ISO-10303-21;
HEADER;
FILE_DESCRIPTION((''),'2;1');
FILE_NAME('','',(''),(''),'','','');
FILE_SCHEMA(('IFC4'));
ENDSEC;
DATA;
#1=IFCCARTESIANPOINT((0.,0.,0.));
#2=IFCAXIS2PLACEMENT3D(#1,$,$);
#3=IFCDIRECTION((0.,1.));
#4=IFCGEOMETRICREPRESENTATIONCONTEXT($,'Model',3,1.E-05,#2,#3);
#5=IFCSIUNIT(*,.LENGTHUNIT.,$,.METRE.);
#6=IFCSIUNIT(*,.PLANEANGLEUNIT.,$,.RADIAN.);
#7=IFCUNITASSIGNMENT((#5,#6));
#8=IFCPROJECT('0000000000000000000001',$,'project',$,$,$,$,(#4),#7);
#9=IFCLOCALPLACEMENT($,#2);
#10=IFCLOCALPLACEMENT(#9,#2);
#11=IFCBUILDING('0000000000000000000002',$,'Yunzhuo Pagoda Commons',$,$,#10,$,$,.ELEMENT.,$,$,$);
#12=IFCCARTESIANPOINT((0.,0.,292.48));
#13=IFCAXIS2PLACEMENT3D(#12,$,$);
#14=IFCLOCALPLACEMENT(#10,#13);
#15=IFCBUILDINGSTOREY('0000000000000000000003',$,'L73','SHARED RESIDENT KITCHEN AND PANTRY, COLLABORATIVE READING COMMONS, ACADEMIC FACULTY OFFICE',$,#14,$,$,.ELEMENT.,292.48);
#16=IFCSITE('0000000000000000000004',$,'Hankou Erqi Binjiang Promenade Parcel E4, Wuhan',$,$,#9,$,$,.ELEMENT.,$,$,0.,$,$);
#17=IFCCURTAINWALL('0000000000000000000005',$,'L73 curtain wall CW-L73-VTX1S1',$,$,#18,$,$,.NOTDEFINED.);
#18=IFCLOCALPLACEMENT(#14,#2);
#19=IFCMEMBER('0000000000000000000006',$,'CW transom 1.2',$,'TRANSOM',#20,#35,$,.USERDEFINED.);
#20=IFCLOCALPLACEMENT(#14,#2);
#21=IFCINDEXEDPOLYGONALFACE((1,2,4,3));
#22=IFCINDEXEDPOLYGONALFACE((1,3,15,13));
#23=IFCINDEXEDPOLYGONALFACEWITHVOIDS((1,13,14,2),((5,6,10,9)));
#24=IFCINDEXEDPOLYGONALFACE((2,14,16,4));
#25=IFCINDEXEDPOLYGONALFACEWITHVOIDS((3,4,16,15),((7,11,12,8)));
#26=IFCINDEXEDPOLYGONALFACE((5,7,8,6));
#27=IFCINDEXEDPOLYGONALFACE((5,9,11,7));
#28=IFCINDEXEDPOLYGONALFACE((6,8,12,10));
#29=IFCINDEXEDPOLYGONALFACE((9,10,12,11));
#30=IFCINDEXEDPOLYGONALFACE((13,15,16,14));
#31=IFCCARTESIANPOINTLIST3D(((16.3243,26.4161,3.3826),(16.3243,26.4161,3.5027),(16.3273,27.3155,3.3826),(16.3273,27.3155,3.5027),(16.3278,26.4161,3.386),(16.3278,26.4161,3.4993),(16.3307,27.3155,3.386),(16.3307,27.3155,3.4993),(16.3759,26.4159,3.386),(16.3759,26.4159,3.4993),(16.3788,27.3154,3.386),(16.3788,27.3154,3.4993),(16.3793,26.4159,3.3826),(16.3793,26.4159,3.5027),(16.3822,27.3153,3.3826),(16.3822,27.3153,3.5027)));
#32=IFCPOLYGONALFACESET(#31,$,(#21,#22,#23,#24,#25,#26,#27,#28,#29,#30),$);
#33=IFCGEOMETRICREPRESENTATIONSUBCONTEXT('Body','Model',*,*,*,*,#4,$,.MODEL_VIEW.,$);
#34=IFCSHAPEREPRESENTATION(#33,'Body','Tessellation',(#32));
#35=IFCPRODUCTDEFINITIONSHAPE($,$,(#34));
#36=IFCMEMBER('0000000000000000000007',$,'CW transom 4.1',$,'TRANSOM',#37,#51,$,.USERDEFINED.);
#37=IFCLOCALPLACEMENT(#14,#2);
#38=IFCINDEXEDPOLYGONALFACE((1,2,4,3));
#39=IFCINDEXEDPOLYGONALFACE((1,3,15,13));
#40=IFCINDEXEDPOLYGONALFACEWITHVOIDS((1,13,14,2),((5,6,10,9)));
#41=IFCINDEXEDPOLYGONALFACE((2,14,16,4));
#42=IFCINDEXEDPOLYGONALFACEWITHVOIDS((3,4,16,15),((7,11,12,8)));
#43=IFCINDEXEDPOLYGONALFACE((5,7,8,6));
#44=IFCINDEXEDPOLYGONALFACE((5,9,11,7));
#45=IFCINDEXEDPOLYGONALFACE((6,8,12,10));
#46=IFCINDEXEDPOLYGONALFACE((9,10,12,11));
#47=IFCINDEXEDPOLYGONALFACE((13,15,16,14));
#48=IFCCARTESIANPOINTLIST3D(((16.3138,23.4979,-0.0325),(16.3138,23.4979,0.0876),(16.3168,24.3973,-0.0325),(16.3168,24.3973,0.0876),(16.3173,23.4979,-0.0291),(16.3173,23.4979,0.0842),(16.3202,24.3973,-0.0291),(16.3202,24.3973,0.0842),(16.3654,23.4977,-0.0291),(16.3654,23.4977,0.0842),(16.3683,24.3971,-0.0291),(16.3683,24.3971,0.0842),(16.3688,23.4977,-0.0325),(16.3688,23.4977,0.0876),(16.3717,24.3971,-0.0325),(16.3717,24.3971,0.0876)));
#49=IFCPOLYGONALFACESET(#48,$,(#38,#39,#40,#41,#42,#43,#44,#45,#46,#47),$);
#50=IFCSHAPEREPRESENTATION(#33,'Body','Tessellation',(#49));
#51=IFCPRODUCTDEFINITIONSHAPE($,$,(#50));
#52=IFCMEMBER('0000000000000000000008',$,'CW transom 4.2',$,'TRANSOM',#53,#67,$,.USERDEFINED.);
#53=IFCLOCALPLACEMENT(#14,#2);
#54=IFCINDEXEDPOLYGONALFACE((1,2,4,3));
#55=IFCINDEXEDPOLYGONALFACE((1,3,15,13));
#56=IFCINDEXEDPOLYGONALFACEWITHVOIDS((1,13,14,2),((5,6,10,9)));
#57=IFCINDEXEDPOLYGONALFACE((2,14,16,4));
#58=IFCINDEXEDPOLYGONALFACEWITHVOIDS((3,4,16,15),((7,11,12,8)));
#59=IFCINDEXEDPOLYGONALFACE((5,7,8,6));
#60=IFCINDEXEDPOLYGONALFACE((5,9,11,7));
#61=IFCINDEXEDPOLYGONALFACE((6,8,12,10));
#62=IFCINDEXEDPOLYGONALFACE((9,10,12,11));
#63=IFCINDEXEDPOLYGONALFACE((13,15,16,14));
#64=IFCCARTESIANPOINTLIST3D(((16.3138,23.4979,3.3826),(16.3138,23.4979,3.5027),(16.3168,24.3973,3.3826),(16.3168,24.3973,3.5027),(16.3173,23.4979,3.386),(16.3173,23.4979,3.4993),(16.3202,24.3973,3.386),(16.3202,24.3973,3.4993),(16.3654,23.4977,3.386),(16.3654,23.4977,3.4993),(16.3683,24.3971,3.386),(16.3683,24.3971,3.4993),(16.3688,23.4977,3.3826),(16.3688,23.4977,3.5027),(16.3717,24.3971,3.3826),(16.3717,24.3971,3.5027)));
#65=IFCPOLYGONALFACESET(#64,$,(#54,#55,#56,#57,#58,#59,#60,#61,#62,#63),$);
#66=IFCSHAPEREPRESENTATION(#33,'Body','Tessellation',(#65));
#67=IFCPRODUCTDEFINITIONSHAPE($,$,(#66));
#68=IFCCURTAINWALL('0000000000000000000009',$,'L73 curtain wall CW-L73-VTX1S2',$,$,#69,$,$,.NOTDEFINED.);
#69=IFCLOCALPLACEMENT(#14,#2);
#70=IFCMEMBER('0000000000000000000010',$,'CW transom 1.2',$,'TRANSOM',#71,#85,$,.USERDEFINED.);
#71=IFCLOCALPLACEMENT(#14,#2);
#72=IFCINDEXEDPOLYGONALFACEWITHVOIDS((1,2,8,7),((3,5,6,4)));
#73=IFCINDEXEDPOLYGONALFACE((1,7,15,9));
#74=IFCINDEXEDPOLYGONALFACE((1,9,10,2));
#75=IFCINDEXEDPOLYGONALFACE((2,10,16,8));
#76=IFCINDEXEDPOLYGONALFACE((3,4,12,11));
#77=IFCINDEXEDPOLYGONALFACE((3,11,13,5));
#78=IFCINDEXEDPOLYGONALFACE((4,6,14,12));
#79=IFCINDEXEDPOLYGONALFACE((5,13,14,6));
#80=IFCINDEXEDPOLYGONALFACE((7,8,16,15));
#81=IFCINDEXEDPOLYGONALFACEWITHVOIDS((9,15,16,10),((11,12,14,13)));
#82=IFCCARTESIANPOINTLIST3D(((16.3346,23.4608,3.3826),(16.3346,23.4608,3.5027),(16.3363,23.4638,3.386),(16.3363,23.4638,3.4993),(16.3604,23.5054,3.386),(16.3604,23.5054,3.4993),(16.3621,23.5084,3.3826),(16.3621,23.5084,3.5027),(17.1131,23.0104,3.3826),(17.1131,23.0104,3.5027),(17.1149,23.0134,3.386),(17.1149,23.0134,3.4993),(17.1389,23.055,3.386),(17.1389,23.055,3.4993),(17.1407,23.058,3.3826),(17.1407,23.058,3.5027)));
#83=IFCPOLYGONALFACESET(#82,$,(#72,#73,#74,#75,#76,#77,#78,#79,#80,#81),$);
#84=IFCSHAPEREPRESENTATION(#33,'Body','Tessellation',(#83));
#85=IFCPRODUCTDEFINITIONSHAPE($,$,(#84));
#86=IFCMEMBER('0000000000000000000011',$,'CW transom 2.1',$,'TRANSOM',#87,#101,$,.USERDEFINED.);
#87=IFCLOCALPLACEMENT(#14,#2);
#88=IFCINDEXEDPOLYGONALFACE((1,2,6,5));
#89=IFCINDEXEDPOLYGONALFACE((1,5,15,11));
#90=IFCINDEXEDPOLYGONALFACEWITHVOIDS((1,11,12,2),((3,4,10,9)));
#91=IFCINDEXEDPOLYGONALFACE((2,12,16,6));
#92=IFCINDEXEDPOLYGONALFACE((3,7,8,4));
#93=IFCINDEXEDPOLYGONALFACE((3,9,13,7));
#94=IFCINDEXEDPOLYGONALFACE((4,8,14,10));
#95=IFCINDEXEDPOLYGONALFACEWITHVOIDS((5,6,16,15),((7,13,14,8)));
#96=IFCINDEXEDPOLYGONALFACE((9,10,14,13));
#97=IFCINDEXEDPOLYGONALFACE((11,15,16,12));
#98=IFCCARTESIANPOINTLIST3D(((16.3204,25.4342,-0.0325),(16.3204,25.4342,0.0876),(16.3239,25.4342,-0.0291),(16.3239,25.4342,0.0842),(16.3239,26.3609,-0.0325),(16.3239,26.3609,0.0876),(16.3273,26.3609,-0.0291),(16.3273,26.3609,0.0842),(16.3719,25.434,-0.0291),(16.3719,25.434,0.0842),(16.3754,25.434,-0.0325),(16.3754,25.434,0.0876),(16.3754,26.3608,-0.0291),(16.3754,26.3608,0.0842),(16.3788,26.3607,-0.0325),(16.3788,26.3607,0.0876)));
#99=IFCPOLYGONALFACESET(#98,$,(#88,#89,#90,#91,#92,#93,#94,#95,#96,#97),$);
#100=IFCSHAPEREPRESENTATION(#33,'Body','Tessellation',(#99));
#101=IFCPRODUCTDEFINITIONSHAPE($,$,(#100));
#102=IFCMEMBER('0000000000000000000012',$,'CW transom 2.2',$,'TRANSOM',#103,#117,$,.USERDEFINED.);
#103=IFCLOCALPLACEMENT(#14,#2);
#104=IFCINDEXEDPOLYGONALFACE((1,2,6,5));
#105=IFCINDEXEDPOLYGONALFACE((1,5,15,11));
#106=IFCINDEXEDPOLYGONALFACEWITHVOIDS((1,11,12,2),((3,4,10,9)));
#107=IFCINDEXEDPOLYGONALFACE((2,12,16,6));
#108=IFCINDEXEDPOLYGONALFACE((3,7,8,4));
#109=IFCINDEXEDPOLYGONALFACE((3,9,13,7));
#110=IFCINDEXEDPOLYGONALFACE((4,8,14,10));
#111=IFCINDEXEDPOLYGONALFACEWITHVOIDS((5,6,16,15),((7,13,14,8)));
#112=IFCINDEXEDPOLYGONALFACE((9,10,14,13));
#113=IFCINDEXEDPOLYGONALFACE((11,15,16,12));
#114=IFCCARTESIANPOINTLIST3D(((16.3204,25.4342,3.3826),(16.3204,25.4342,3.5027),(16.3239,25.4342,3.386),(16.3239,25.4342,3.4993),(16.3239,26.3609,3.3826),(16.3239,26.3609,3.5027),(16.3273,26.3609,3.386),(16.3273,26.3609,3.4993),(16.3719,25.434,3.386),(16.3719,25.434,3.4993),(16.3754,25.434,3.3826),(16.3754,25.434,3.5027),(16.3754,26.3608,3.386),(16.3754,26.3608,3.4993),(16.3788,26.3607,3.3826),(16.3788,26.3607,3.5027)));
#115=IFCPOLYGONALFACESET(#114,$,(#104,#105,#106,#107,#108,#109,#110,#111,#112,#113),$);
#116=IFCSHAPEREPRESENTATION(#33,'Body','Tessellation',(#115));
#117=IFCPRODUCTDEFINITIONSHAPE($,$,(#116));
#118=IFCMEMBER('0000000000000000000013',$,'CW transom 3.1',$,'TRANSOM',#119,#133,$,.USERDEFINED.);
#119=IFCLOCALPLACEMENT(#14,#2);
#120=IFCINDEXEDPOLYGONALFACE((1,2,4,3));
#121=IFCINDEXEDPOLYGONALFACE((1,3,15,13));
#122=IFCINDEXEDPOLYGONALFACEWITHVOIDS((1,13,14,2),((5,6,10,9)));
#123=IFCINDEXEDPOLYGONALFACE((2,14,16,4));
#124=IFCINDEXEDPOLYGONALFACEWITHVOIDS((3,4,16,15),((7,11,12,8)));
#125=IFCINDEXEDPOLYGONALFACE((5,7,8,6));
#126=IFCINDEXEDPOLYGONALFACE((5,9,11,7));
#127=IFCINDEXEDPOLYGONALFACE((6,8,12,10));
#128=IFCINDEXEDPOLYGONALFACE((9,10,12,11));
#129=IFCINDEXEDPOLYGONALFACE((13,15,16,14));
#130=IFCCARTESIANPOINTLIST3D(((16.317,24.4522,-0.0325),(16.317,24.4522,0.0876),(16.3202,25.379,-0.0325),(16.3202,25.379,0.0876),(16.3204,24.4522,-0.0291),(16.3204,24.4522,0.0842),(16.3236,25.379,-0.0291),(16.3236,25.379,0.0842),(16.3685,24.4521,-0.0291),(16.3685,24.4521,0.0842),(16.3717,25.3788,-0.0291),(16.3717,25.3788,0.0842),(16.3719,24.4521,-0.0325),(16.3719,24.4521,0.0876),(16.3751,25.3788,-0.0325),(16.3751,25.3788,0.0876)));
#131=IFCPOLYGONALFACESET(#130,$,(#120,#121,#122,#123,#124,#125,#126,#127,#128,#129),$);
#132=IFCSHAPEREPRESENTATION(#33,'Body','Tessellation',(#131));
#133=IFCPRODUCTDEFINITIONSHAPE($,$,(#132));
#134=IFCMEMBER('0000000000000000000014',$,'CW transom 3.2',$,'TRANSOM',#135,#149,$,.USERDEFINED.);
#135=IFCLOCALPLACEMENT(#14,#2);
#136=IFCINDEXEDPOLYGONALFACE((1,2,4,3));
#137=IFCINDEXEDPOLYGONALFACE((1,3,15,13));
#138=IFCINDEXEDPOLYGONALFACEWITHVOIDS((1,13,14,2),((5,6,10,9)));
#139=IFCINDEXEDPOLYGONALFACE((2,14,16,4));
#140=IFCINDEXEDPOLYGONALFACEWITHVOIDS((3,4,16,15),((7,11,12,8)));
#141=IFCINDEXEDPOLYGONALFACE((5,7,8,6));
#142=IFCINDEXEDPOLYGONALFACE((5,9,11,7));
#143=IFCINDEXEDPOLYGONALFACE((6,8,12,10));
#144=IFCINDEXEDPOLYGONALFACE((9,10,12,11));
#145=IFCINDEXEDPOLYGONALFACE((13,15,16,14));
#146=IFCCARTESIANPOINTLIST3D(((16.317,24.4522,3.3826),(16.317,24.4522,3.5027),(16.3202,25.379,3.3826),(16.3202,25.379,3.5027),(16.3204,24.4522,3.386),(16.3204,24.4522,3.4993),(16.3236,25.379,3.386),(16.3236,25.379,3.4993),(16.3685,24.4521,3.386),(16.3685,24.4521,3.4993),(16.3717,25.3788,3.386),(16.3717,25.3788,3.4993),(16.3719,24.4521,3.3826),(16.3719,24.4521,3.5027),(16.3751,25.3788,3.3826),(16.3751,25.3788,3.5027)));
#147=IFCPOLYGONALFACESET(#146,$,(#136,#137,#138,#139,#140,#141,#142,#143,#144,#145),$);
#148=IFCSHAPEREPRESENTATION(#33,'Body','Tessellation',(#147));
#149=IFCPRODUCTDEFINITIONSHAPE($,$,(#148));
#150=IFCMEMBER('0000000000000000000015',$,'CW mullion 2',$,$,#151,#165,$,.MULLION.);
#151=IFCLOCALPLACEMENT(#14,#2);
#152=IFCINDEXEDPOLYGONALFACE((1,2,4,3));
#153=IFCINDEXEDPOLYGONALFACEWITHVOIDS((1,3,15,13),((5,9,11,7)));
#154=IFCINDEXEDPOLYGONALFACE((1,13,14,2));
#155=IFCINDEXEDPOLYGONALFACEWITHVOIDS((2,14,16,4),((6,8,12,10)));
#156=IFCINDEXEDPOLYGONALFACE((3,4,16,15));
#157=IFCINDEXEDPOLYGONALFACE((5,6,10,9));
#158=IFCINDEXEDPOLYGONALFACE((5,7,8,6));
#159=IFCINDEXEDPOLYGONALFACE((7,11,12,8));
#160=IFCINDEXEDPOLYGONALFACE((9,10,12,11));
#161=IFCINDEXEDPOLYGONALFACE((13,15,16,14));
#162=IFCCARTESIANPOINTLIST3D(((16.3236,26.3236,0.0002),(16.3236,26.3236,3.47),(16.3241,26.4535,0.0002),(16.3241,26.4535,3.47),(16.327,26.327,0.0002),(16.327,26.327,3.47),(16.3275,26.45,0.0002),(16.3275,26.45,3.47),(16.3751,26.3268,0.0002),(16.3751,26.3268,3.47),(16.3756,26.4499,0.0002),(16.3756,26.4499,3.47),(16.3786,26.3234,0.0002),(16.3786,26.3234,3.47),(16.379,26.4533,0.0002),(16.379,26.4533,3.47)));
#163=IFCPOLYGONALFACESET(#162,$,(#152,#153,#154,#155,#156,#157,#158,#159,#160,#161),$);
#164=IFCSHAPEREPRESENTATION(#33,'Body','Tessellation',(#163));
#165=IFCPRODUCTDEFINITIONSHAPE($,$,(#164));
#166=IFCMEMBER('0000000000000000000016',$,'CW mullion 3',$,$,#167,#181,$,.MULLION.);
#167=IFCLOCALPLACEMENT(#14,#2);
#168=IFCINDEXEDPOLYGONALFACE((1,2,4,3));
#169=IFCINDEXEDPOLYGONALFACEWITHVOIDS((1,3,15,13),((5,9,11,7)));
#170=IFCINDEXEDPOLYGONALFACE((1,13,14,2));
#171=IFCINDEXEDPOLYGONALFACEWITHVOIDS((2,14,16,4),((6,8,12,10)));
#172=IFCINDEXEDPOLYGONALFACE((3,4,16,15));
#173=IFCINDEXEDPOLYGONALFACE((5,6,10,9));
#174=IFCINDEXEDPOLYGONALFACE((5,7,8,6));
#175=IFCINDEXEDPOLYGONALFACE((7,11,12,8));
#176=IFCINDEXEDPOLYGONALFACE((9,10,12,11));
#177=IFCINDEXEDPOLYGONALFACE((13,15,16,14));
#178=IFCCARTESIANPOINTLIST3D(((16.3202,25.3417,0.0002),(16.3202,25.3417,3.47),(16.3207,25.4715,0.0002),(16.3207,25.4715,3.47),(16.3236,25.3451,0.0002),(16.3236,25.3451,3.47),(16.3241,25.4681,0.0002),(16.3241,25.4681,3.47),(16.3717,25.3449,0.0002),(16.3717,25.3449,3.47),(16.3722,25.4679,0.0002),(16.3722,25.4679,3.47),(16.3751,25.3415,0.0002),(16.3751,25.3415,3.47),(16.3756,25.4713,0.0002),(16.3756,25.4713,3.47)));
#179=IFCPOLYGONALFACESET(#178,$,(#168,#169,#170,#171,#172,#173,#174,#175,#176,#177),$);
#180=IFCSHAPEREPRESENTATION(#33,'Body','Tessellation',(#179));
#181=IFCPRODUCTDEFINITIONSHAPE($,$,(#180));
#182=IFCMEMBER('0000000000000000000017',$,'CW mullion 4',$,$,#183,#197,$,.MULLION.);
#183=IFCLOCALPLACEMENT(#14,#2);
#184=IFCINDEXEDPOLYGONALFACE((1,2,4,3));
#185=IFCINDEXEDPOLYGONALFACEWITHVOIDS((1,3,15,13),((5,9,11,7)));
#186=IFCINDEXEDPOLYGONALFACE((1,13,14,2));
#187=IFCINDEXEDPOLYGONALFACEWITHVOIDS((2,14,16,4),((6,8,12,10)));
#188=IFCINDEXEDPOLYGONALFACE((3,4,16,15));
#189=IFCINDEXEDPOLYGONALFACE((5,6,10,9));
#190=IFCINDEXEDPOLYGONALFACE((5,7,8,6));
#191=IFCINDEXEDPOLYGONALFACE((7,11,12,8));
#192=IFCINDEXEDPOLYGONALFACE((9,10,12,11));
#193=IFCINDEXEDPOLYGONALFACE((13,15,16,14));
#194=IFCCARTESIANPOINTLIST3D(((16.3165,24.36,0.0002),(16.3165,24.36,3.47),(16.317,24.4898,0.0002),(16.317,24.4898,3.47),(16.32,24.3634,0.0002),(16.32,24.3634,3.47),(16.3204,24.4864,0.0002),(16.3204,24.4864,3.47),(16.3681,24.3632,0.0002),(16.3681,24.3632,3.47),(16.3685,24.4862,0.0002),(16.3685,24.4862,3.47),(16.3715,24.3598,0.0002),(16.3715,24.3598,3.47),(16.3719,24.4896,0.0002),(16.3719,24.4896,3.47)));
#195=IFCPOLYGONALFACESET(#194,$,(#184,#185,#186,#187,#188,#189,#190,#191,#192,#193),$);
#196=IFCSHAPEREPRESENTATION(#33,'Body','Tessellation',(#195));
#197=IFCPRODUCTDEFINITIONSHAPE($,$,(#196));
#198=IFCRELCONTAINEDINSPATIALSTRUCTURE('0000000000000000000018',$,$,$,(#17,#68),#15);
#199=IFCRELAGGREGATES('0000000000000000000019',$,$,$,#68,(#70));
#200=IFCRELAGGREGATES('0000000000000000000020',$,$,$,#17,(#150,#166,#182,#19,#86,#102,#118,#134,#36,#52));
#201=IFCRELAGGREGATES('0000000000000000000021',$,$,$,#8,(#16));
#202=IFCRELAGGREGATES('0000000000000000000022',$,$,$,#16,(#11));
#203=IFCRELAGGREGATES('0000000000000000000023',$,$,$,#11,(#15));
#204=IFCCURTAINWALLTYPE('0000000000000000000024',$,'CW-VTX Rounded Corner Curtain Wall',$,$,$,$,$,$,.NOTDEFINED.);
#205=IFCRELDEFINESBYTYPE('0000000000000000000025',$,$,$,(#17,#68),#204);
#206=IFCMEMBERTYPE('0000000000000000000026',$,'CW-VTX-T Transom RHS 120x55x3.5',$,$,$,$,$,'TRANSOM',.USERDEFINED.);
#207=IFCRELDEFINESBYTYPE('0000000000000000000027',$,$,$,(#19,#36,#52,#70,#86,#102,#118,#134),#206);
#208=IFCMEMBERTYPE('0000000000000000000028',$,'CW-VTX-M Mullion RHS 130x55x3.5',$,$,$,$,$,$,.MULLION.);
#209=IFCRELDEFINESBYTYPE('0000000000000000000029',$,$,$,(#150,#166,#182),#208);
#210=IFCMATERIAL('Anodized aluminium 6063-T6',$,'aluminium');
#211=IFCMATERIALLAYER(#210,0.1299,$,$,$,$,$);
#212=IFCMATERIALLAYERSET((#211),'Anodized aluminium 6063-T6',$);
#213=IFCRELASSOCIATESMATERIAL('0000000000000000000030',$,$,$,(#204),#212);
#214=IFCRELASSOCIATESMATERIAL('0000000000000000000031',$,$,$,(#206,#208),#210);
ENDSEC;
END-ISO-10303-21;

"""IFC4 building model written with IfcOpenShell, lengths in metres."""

from ifc_helpers import new_model, si_unit, direction, frame, origin, origin_2d, place, context, subcontext, project, spatial, hollow_rectangle, extrude, source, transform, mapped, material, layer, layer_set, material_profile, profile_set, type_object, element, aggregate, save


model = new_model("IFC4")

# Units and contexts
model_context = context("Model", 3, precision=1e-05, world=origin(), true_north=direction((0.0, 1.0)))
body_context = subcontext(model_context, "Body", "Model", "MODEL_VIEW")
ifc_project = project(units=[si_unit("LENGTHUNIT", "METRE"), si_unit("PLANEANGLEUNIT", "RADIAN")], contexts=[model_context])

# Site, building, storey
site_placement = place(None, origin())
site = spatial("IfcSite", under=ifc_project, at=site_placement, Name="Hankou Erqi Binjiang Promenade Parcel E4, Wuhan", CompositionType="ELEMENT", RefElevation=0.0)
building_placement = place(site_placement, origin())
building = spatial("IfcBuilding", under=site, at=building_placement, Name="Yunzhuo Pagoda Commons", CompositionType="ELEMENT")
storey_placement = place(building_placement, frame((0.0, 0.0, 292.48)))
storey = spatial("IfcBuildingStorey", under=building, at=storey_placement, Name="L73", Description="SHARED RESIDENT KITCHEN AND PANTRY, COLLABORATIVE READING COMMONS, ACADEMIC FACULTY OFFICE", CompositionType="ELEMENT", Elevation=292.48)

# Shared definitions
ifc_material_1 = material(Name="Anodized aluminium 6063-T6", Category="aluminium")

# Curtain wall, members
ifc_layer_1 = layer(ifc_material_1, 0.1299)
ifc_layer_set_1 = layer_set([ifc_layer_1], Name="Anodized aluminium 6063-T6")
curtain_wall_type_1 = type_object("IfcCurtainWallType", Name="CW-VTX Rounded Corner Curtain Wall", PredefinedType="NOTDEFINED", material=ifc_layer_set_1)
curtain_wall_1_placement = place(storey_placement, origin())
curtain_wall_1 = element("IfcCurtainWall", 1, at=curtain_wall_1_placement, inside=storey, type_object=curtain_wall_type_1, Name="L73 curtain wall CW-L73-VTX1S1", PredefinedType="NOTDEFINED")
ifc_material_profile_1 = material_profile(ifc_material_1, hollow_rectangle(XDim=0.0549, YDim=0.1201, WallThickness=0.0034, at=origin_2d()), Name="Anodized aluminium 6063-T6")
ifc_profile_set_1 = profile_set([ifc_material_profile_1], Name="Anodized aluminium 6063-T6")
member_type_1 = type_object("IfcMemberType", Name="CW-VTX-T Transom RHS 120x55x3.5", ElementType="TRANSOM", PredefinedType="USERDEFINED", material=ifc_profile_set_1)
shared_shape_1 = source(origin(), body_context, "Body", "SweptSolid", [
    extrude(hollow_rectangle(XDim=0.0549, YDim=0.1201, WallThickness=0.0034, at=origin_2d()), origin(), (0.0, 0.0, 1.0), 0.8994),
])
member_1_placement = place(storey_placement, frame((16.3547, 27.3154, 3.4426), z_axis=(-0.003257, -0.999995, 0.0), x_axis=(0.999995, -0.003257, 0.0)))
member_1 = element("IfcMember", 2, at=member_1_placement, type_object=member_type_1, Name="CW transom 1.2", ObjectType="TRANSOM", PredefinedType="USERDEFINED", context=body_context, shape_type="MappedRepresentation", body=[
    mapped(shared_shape_1, transform((0.0, 0.0, 0.0), scale=1.0)),
])
member_2_placement = place(storey_placement, frame((16.3442, 24.3972, 0.0276), z_axis=(-0.003257, -0.999995, 0.0), x_axis=(0.999995, -0.003257, 0.0)))
member_2 = element("IfcMember", 3, at=member_2_placement, type_object=member_type_1, Name="CW transom 4.1", ObjectType="TRANSOM", PredefinedType="USERDEFINED", context=body_context, shape_type="MappedRepresentation", body=[
    mapped(shared_shape_1, transform((0.0, 0.0, 0.0), scale=1.0)),
])
member_3_placement = place(storey_placement, frame((16.3442, 24.3972, 3.4426), z_axis=(-0.003257, -0.999995, 0.0), x_axis=(0.999995, -0.003257, 0.0)))
member_3 = element("IfcMember", 4, at=member_3_placement, type_object=member_type_1, Name="CW transom 4.2", ObjectType="TRANSOM", PredefinedType="USERDEFINED", context=body_context, shape_type="MappedRepresentation", body=[
    mapped(shared_shape_1, transform((0.0, 0.0, 0.0), scale=1.0)),
])

# Curtain wall, member
curtain_wall_2_placement = place(storey_placement, origin())
curtain_wall_2 = element("IfcCurtainWall", 5, at=curtain_wall_2_placement, inside=storey, type_object=curtain_wall_type_1, Name="L73 curtain wall CW-L73-VTX1S2", PredefinedType="NOTDEFINED")
member_4_placement = place(storey_placement, frame((16.3484, 23.4846, 3.4426), z_axis=(0.865575, -0.500779, 0.0), x_axis=(0.500779, 0.865575, 0.0)))
member_4 = element("IfcMember", 6, at=member_4_placement, type_object=member_type_1, Name="CW transom 1.2", ObjectType="TRANSOM", PredefinedType="USERDEFINED", context=body_context, shape_type="MappedRepresentation", body=[
    mapped(shared_shape_1, transform((0.0, 0.0, 0.0), scale=1.0)),
])
aggregate(curtain_wall_2, [member_4])

# Members
shared_shape_2 = source(origin(), body_context, "Body", "SweptSolid", [
    extrude(hollow_rectangle(XDim=0.0549, YDim=0.1201, WallThickness=0.0034, at=origin_2d()), origin(), (0.0, 0.0, 1.0), 0.9268),
])
member_5_placement = place(storey_placement, frame((16.3513, 26.3608, 0.0276), z_axis=(-0.003688, -0.999993, 0.0), x_axis=(0.999993, -0.003688, 0.0)))
member_5 = element("IfcMember", 7, at=member_5_placement, type_object=member_type_1, Name="CW transom 2.1", ObjectType="TRANSOM", PredefinedType="USERDEFINED", context=body_context, shape_type="MappedRepresentation", body=[
    mapped(shared_shape_2, transform((0.0, 0.0, 0.0), scale=1.0)),
])
member_6_placement = place(storey_placement, frame((16.3513, 26.3608, 3.4426), z_axis=(-0.003688, -0.999993, 0.0), x_axis=(0.999993, -0.003688, 0.0)))
member_6 = element("IfcMember", 8, at=member_6_placement, type_object=member_type_1, Name="CW transom 2.2", ObjectType="TRANSOM", PredefinedType="USERDEFINED", context=body_context, shape_type="MappedRepresentation", body=[
    mapped(shared_shape_2, transform((0.0, 0.0, 0.0), scale=1.0)),
])
member_7_placement = place(storey_placement, frame((16.3477, 25.3789, 0.0276), z_axis=(-0.003425, -0.999994, 0.0), x_axis=(0.999994, -0.003425, 0.0)))
member_7 = element("IfcMember", 9, at=member_7_placement, type_object=member_type_1, Name="CW transom 3.1", ObjectType="TRANSOM", PredefinedType="USERDEFINED", context=body_context, shape_type="MappedRepresentation", body=[
    mapped(shared_shape_2, transform((0.0, 0.0, 0.0), scale=1.0)),
])
member_8_placement = place(storey_placement, frame((16.3477, 25.3789, 3.4426), z_axis=(-0.003425, -0.999994, 0.0), x_axis=(0.999994, -0.003425, 0.0)))
member_8 = element("IfcMember", 10, at=member_8_placement, type_object=member_type_1, Name="CW transom 3.2", ObjectType="TRANSOM", PredefinedType="USERDEFINED", context=body_context, shape_type="MappedRepresentation", body=[
    mapped(shared_shape_2, transform((0.0, 0.0, 0.0), scale=1.0)),
])
ifc_material_profile_2 = material_profile(ifc_material_1, hollow_rectangle(XDim=0.0549, YDim=0.1299, WallThickness=0.0034, at=origin_2d()), Name="Anodized aluminium 6063-T6")
ifc_profile_set_2 = profile_set([ifc_material_profile_2], Name="Anodized aluminium 6063-T6")
member_type_2 = type_object("IfcMemberType", Name="CW-VTX-M Mullion RHS 130x55x3.5", PredefinedType="MULLION", material=ifc_profile_set_2)
shared_shape_3 = source(origin(), body_context, "Body", "SweptSolid", [
    extrude(hollow_rectangle(XDim=0.0549, YDim=0.1299, WallThickness=0.0034, at=origin_2d()), origin(), (0.0, 0.0, 1.0), 3.4697),
])
member_9_placement = place(storey_placement, frame((16.3513, 26.3884, 0.0002), z_axis=(0.0, 0.0, 1.0), x_axis=(0.999994, -0.00359, 0.0)))
member_9 = element("IfcMember", 11, at=member_9_placement, type_object=member_type_2, Name="CW mullion 2", PredefinedType="MULLION", context=body_context, shape_type="MappedRepresentation", body=[
    mapped(shared_shape_3, transform((0.0, 0.0, 0.0), scale=1.0)),
])
member_10_placement = place(storey_placement, frame((16.3479, 25.4065, 0.0002), z_axis=(0.0, 0.0, 1.0), x_axis=(0.999994, -0.00359, 0.0)))
member_10 = element("IfcMember", 12, at=member_10_placement, type_object=member_type_2, Name="CW mullion 3", PredefinedType="MULLION", context=body_context, shape_type="MappedRepresentation", body=[
    mapped(shared_shape_3, transform((0.0, 0.0, 0.0), scale=1.0)),
])
member_11_placement = place(storey_placement, frame((16.3442, 24.4248, 0.0002), z_axis=(0.0, 0.0, 1.0), x_axis=(0.999994, -0.00359, 0.0)))
member_11 = element("IfcMember", 13, at=member_11_placement, type_object=member_type_2, Name="CW mullion 4", PredefinedType="MULLION", context=body_context, shape_type="MappedRepresentation", body=[
    mapped(shared_shape_3, transform((0.0, 0.0, 0.0), scale=1.0)),
])

aggregate(curtain_wall_1, [member_9, member_10, member_11, member_1, member_5, member_6, member_7, member_8, member_2, member_3])

save(model, "model.ifc")
